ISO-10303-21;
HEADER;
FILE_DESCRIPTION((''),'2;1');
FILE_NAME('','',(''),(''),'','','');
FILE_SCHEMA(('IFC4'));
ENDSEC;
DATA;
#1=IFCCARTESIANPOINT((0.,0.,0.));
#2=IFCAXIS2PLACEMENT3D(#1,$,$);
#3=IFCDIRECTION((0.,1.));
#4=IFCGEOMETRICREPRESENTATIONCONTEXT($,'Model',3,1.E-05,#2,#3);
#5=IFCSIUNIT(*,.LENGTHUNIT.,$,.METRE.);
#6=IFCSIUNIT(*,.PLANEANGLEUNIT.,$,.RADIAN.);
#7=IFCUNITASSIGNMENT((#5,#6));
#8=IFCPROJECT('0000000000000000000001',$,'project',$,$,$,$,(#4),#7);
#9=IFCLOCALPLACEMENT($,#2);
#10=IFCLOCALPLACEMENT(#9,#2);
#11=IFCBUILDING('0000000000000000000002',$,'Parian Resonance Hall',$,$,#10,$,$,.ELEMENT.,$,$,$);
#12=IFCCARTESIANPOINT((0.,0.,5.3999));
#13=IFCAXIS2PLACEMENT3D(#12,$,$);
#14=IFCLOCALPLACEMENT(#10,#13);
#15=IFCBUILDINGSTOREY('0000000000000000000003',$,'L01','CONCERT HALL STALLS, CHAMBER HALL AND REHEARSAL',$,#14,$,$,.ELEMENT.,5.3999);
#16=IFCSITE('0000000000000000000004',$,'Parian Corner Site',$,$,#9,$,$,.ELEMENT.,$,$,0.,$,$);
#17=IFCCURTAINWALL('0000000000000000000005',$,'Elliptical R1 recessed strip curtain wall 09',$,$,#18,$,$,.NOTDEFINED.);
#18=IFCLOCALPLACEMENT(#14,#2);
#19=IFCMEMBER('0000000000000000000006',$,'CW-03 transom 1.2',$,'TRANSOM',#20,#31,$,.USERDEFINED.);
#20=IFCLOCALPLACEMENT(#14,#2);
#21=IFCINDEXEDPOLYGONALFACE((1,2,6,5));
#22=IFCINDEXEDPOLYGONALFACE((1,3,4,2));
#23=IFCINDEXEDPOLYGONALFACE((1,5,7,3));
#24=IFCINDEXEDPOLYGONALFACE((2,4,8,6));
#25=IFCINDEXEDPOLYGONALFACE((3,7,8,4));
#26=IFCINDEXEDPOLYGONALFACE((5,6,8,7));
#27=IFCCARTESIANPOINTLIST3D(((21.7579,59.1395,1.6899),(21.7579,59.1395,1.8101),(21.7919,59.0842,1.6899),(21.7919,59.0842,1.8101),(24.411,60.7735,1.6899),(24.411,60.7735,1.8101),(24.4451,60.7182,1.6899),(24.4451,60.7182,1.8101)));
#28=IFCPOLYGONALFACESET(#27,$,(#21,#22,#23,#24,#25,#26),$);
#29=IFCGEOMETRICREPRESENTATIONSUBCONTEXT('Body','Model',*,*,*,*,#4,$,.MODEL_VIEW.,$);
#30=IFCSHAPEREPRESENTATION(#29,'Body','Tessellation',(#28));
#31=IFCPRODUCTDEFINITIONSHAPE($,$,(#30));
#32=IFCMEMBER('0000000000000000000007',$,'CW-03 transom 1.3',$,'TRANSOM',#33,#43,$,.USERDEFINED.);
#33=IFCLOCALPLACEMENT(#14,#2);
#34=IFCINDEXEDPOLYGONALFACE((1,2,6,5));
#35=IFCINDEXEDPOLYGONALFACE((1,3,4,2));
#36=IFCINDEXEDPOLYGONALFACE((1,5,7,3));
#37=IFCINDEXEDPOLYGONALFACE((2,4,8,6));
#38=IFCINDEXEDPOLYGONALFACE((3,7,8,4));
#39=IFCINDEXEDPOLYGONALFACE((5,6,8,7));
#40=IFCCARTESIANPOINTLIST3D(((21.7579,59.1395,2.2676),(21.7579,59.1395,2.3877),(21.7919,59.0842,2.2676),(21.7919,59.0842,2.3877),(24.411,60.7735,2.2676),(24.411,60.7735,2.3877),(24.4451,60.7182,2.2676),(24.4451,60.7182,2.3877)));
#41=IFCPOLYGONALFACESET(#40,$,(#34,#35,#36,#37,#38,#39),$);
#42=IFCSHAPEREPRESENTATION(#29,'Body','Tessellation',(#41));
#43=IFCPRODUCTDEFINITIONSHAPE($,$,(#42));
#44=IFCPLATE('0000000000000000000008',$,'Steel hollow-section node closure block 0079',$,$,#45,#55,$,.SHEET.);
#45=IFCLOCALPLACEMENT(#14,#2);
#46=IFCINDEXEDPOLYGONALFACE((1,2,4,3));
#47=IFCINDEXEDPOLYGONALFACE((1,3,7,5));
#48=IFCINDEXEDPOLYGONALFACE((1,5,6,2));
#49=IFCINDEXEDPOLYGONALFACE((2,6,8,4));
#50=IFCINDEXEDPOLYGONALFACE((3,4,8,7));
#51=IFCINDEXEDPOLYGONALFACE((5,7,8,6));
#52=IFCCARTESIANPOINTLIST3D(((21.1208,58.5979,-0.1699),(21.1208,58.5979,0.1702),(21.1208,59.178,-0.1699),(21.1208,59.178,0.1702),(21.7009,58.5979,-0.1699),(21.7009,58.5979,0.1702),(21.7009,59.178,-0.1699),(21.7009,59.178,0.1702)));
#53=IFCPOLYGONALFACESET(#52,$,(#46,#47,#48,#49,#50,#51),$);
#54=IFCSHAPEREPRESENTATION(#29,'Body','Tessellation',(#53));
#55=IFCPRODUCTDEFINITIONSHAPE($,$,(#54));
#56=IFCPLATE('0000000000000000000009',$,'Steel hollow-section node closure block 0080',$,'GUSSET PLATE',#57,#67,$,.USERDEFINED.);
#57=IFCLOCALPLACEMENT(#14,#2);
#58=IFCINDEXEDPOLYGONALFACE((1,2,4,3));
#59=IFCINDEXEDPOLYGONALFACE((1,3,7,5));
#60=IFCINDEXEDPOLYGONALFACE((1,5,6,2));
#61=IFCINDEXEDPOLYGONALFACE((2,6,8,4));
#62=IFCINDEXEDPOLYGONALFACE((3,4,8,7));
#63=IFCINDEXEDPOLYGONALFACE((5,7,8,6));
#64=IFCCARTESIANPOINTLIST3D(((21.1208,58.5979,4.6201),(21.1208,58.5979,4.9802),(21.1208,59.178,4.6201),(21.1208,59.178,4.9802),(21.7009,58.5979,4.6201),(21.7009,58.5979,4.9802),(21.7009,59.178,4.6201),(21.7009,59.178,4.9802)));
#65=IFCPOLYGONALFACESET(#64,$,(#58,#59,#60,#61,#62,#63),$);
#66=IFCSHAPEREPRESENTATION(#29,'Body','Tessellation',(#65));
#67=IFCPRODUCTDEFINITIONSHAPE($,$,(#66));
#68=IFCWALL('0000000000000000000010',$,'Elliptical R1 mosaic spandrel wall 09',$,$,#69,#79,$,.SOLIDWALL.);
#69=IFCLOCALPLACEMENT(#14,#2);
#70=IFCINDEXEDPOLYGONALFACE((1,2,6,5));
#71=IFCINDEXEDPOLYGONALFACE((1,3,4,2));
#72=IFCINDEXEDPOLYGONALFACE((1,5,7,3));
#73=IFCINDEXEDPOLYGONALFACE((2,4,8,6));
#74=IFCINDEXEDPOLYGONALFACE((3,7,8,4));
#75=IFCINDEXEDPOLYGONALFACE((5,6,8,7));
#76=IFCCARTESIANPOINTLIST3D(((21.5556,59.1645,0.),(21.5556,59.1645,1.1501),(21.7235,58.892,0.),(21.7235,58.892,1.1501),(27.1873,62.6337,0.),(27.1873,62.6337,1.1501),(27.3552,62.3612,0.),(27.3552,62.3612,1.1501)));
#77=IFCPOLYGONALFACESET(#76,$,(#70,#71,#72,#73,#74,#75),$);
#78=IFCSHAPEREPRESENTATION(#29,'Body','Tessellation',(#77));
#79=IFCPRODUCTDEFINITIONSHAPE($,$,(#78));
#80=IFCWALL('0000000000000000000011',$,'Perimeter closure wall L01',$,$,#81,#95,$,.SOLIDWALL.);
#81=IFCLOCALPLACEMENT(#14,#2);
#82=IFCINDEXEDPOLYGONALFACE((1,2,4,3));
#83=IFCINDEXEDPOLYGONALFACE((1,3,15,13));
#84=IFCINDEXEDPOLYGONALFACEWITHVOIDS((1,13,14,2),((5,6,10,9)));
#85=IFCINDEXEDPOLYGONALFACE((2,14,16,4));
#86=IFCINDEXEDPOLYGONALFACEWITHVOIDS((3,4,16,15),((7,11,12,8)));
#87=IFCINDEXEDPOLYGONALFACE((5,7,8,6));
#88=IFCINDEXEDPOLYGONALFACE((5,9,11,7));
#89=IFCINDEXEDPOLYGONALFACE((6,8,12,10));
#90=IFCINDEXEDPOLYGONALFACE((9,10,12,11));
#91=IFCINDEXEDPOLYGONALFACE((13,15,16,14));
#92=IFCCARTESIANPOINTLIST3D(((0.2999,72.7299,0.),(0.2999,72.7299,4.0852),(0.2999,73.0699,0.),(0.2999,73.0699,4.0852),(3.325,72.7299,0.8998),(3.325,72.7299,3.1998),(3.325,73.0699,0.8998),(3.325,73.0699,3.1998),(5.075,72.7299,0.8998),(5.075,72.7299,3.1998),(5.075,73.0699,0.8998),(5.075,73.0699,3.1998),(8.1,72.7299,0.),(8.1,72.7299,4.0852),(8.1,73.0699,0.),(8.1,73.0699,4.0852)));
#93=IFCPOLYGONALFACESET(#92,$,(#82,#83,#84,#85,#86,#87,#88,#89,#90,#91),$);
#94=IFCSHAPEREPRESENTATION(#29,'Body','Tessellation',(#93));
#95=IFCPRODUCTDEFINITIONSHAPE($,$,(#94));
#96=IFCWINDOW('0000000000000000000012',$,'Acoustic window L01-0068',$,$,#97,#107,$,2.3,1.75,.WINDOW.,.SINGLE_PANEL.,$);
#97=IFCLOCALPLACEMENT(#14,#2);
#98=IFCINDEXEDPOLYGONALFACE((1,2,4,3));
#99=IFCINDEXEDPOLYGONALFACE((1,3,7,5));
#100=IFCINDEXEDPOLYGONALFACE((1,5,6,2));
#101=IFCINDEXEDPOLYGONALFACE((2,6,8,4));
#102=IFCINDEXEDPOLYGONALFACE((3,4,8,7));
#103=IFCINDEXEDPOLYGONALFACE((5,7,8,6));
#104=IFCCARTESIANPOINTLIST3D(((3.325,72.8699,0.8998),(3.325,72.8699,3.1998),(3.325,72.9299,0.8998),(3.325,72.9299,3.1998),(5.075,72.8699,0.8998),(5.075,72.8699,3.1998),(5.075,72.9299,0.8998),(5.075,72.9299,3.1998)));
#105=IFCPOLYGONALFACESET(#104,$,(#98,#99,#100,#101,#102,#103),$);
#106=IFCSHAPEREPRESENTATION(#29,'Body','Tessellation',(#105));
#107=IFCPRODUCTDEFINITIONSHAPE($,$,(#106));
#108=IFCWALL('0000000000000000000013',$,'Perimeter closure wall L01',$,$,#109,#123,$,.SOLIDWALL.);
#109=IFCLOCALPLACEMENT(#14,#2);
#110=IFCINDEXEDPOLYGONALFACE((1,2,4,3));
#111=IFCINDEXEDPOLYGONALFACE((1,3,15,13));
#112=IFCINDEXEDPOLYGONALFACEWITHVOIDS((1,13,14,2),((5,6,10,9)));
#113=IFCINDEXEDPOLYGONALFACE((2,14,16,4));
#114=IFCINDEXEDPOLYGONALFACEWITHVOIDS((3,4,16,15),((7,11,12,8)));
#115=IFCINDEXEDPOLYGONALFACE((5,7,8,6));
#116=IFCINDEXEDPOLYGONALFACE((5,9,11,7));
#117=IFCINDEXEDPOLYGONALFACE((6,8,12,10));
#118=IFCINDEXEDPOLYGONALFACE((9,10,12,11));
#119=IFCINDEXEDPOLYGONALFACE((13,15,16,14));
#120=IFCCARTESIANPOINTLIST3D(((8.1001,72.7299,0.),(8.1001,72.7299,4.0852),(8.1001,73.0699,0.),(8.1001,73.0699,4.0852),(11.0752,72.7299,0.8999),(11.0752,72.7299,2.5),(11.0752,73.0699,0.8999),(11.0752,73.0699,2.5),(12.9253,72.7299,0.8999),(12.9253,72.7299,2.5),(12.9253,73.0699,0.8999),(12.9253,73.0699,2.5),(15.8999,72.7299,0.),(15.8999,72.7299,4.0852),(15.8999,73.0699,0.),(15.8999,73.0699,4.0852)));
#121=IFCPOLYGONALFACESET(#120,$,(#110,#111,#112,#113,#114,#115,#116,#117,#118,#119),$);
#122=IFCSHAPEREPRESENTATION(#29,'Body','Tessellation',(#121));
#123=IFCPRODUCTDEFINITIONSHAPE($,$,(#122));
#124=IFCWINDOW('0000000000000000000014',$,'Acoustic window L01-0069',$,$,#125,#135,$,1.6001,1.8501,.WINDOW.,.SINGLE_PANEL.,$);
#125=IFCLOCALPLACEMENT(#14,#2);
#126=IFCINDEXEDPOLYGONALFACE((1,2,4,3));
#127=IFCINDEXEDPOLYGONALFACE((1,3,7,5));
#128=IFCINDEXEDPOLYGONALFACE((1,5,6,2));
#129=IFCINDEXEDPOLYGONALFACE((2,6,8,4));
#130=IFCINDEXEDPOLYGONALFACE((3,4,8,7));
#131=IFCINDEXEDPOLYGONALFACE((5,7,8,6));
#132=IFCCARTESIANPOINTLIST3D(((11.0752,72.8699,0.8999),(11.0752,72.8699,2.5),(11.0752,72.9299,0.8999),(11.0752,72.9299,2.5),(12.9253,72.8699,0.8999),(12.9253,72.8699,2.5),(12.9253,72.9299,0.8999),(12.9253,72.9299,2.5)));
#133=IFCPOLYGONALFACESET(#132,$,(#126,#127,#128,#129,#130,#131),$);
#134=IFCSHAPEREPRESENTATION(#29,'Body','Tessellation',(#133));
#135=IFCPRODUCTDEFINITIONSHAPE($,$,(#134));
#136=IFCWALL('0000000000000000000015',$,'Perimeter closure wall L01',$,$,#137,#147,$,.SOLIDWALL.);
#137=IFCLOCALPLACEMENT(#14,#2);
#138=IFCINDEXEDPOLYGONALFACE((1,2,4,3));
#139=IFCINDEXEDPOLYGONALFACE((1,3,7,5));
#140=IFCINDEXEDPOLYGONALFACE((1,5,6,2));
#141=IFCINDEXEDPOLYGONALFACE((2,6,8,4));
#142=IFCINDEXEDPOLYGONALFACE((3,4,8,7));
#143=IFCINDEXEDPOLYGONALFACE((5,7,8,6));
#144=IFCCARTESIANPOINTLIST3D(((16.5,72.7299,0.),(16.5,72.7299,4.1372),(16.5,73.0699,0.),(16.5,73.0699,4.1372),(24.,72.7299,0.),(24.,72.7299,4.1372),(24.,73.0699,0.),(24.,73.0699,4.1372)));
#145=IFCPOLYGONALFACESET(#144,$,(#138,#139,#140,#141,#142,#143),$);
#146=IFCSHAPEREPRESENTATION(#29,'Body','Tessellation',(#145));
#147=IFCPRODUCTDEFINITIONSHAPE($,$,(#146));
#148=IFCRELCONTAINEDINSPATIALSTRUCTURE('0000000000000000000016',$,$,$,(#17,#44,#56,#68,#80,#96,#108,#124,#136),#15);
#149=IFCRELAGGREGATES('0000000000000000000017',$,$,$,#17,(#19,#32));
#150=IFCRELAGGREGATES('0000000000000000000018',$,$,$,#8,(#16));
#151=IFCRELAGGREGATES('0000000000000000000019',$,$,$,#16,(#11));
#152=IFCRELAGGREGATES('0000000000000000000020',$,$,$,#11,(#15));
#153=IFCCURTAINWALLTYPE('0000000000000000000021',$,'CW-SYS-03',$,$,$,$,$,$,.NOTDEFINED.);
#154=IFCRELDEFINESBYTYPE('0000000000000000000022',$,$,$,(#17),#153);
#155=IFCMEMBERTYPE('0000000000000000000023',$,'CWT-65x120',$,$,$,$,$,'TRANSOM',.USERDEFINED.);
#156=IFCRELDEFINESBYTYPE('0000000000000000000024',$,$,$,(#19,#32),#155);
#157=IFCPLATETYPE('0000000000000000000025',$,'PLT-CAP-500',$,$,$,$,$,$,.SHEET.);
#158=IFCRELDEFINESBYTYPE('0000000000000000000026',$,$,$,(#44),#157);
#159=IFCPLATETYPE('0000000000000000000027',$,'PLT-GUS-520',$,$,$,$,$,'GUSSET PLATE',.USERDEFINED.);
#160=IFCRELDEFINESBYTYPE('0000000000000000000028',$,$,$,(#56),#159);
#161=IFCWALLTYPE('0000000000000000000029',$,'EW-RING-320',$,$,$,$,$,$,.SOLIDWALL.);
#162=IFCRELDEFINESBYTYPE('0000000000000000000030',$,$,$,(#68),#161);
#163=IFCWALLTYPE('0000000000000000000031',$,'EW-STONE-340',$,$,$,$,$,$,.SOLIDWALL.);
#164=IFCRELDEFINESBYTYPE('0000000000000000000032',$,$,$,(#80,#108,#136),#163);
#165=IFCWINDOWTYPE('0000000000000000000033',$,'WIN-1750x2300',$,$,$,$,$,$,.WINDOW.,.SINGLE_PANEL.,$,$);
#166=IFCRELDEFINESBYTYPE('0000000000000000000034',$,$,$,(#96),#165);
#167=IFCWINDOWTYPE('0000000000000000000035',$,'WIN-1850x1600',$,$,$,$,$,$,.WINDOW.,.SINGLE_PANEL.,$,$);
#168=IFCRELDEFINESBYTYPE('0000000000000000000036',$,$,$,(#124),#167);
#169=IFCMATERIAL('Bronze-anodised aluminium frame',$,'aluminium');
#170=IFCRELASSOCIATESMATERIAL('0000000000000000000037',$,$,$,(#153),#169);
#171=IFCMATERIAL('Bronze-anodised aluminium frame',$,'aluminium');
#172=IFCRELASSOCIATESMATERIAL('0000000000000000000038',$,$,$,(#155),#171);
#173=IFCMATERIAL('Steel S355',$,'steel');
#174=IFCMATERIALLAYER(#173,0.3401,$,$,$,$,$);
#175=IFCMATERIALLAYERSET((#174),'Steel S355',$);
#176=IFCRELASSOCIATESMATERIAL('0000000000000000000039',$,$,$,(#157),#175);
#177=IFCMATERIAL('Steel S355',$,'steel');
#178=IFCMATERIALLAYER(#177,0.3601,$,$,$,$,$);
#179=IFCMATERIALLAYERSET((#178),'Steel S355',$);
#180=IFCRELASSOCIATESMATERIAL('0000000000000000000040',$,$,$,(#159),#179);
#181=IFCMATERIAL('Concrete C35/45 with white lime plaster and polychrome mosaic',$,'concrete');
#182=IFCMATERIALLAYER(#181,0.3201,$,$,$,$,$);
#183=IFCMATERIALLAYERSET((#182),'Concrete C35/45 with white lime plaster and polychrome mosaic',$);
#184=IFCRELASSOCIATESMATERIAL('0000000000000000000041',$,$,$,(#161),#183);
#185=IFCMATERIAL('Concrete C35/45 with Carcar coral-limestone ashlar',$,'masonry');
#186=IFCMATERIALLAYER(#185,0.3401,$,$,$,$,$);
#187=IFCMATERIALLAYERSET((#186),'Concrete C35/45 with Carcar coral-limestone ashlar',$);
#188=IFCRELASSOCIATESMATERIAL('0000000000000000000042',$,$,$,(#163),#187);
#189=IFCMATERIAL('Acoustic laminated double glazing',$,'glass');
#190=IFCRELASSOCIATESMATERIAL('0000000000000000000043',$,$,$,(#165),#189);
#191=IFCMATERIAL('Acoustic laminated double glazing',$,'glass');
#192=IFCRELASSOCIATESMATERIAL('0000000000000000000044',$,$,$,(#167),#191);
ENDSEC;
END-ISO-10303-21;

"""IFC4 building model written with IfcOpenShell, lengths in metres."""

from ifc_helpers import new_model, si_unit, direction, frame, frame_2d, origin, origin_2d, place, context, subcontext, project, spatial, rectangle, extrude, material, layer, layer_set, material_profile, profile_set, type_object, element, fill, aggregate, save


model = new_model("IFC4")

# Units and contexts
model_context = context("Model", 3, precision=1e-05, world=origin(), true_north=direction((0.0, 1.0)))
body_context = subcontext(model_context, "Body", "Model", "MODEL_VIEW")
ifc_project = project(units=[si_unit("LENGTHUNIT", "METRE"), si_unit("PLANEANGLEUNIT", "RADIAN")], contexts=[model_context])

# Site, building, storey
site_placement = place(None, origin())
site = spatial("IfcSite", under=ifc_project, at=site_placement, Name="Parian Corner Site", CompositionType="ELEMENT", RefElevation=0.0)
building_placement = place(site_placement, origin())
building = spatial("IfcBuilding", under=site, at=building_placement, Name="Parian Resonance Hall", CompositionType="ELEMENT")
storey_placement = place(building_placement, frame((0.0, 0.0, 5.3999)))
storey = spatial("IfcBuildingStorey", under=building, at=storey_placement, Name="L01", Description="CONCERT HALL STALLS, CHAMBER HALL AND REHEARSAL", CompositionType="ELEMENT", Elevation=5.3999)

# Curtain wall
ifc_material_1 = material(Name="Bronze-anodised aluminium frame", Category="aluminium")
curtain_wall_type_1 = type_object("IfcCurtainWallType", Name="CW-SYS-03", PredefinedType="NOTDEFINED", material=ifc_material_1)
curtain_wall_1_placement = place(storey_placement, origin())
curtain_wall_1 = element("IfcCurtainWall", 1, at=curtain_wall_1_placement, inside=storey, type_object=curtain_wall_type_1, Name="Elliptical R1 recessed strip curtain wall 09", PredefinedType="NOTDEFINED")

# Members
ifc_material_2 = material(Name="Bronze-anodised aluminium frame", Category="aluminium")
ifc_material_profile_1 = material_profile(ifc_material_2, rectangle(XDim=0.0649, YDim=0.1201, at=origin_2d()), Name="CWT-65x120")
ifc_profile_set_1 = profile_set([ifc_material_profile_1], Name="Bronze-anodised aluminium frame")
member_type_1 = type_object("IfcMemberType", Name="CWT-65x120", ElementType="TRANSOM", PredefinedType="USERDEFINED", material=ifc_profile_set_1)
member_1_placement = place(storey_placement, frame((21.7749, 59.1118, 1.75), z_axis=(0.851462, 0.524417, 0.0), x_axis=(-0.524417, 0.851462, 0.0)))
member_1 = element("IfcMember", 2, at=member_1_placement, type_object=member_type_1, Name="CW-03 transom 1.2", ObjectType="TRANSOM", PredefinedType="USERDEFINED", context=body_context, shape_type="SweptSolid", body=[
    extrude(rectangle(XDim=0.0649, YDim=0.1201, at=origin_2d()), origin(), (0.0, 0.0, 1.0), 3.116),
])
member_2_placement = place(storey_placement, frame((21.7749, 59.1118, 2.3276), z_axis=(0.851462, 0.524417, 0.0), x_axis=(-0.524417, 0.851462, 0.0)))
member_2 = element("IfcMember", 3, at=member_2_placement, type_object=member_type_1, Name="CW-03 transom 1.3", ObjectType="TRANSOM", PredefinedType="USERDEFINED", context=body_context, shape_type="SweptSolid", body=[
    extrude(rectangle(XDim=0.0649, YDim=0.1201, at=origin_2d()), origin(), (0.0, 0.0, 1.0), 3.116),
])
aggregate(curtain_wall_1, [member_1, member_2])

# Plates
ifc_material_3 = material(Name="Steel S355", Category="steel")
ifc_layer_1 = layer(ifc_material_3, 0.3401)
ifc_layer_set_1 = layer_set([ifc_layer_1], Name="Steel S355")
plate_type_1 = type_object("IfcPlateType", Name="PLT-CAP-500", PredefinedType="SHEET", material=ifc_layer_set_1)
plate_1_placement = place(storey_placement, frame((21.4109, 58.8879, -0.1699), z_axis=(0.0, 0.0, 1.0), x_axis=(1.0, 0.0, 0.0)))
element("IfcPlate", 4, at=plate_1_placement, inside=storey, type_object=plate_type_1, Name="Steel hollow-section node closure block 0079", PredefinedType="SHEET", context=body_context, shape_type="SweptSolid", body=[
    extrude(rectangle(XDim=0.5801, YDim=0.5801, at=origin_2d()), origin(), (0.0, 0.0, 1.0), 0.3401),
])
ifc_material_4 = material(Name="Steel S355", Category="steel")
ifc_layer_2 = layer(ifc_material_4, 0.3601)
ifc_layer_set_2 = layer_set([ifc_layer_2], Name="Steel S355")
plate_type_2 = type_object("IfcPlateType", Name="PLT-GUS-520", ElementType="GUSSET PLATE", PredefinedType="USERDEFINED", material=ifc_layer_set_2)
plate_2_placement = place(storey_placement, frame((21.4109, 58.8879, 4.6201), z_axis=(0.0, 0.0, 1.0), x_axis=(1.0, 0.0, 0.0)))
element("IfcPlate", 5, at=plate_2_placement, inside=storey, type_object=plate_type_2, Name="Steel hollow-section node closure block 0080", ObjectType="GUSSET PLATE", PredefinedType="USERDEFINED", context=body_context, shape_type="SweptSolid", body=[
    extrude(rectangle(XDim=0.5801, YDim=0.5801, at=origin_2d()), origin(), (0.0, 0.0, 1.0), 0.3601),
])

# Wall
ifc_material_5 = material(Name="Concrete C35/45 with white lime plaster and polychrome mosaic", Category="concrete")
ifc_layer_3 = layer(ifc_material_5, 0.3201)
ifc_layer_set_3 = layer_set([ifc_layer_3], Name="Concrete C35/45 with white lime plaster and polychrome mosaic")
wall_type_1 = type_object("IfcWallType", Name="EW-RING-320", PredefinedType="SOLIDWALL", material=ifc_layer_set_3)
wall_1_placement = place(storey_placement, frame((21.6396, 59.0283, 0.0), z_axis=(0.0, 0.0, 1.0), x_axis=(0.851423, 0.52448, 0.0)))
element("IfcWall", 6, at=wall_1_placement, inside=storey, type_object=wall_type_1, Name="Elliptical R1 mosaic spandrel wall 09", PredefinedType="SOLIDWALL", context=body_context, shape_type="SweptSolid", body=[
    extrude(rectangle(XDim=6.6145, YDim=0.3201, at=frame_2d((3.3071, 0.0))), origin(), (0.0, 0.0, 1.0), 1.1501),
])

# Walls, openings, windows
ifc_material_6 = material(Name="Concrete C35/45 with Carcar coral-limestone ashlar", Category="masonry")
ifc_layer_4 = layer(ifc_material_6, 0.3401)
ifc_layer_set_4 = layer_set([ifc_layer_4], Name="Concrete C35/45 with Carcar coral-limestone ashlar")
wall_type_2 = type_object("IfcWallType", Name="EW-STONE-340", PredefinedType="SOLIDWALL", material=ifc_layer_set_4)
wall_2_placement = place(storey_placement, frame((0.3, 72.8999, 0.0), z_axis=(0.0, 0.0, 1.0), x_axis=(1.0, 0.0, 0.0)))
wall_2 = element("IfcWall", 7, at=wall_2_placement, inside=storey, type_object=wall_type_2, Name="Perimeter closure wall L01", PredefinedType="SOLIDWALL", context=body_context, shape_type="SweptSolid", body=[
    extrude(rectangle(XDim=7.8, YDim=0.3401, at=frame_2d((3.8999, 0.0))), origin(), (0.0, 0.0, 1.0), 4.0852),
])
opening_1_placement = place(wall_2_placement, frame((3.0249, 0.0, 0.8999)))
opening_1 = element("IfcOpeningElement", 8, at=opening_1_placement, cuts=wall_2, PredefinedType="OPENING", context=body_context, shape_type="SweptSolid", body=[
    extrude(rectangle(XDim=1.75, YDim=2.3, at=frame_2d((0.875, 1.1499))), frame((0.0, 0.1799, 0.0), z_axis=(0.0, -1.0, 0.0), x_axis=(1.0, 0.0, 0.0)), (0.0, 0.0, 1.0), 0.3601),
])
ifc_material_7 = material(Name="Acoustic laminated double glazing", Category="glass")
window_type_1 = type_object("IfcWindowType", Name="WIN-1750x2300", PartitioningType="SINGLE_PANEL", PredefinedType="WINDOW", material=ifc_material_7)
window_1_placement = place(opening_1_placement, origin())
window_1 = element("IfcWindow", 9, at=window_1_placement, inside=storey, type_object=window_type_1, Name="Acoustic window L01-0068", OverallHeight=2.3, OverallWidth=1.75, PartitioningType="SINGLE_PANEL", PredefinedType="WINDOW", context=body_context, shape_type="SweptSolid", body=[
    extrude(rectangle(XDim=1.75, YDim=2.3, at=frame_2d((0.875, 1.1499))), frame((0.0, 0.03, 0.0), z_axis=(0.0, -1.0, 0.0), x_axis=(1.0, 0.0, 0.0)), (0.0, 0.0, 1.0), 0.0601),
])
fill(opening_1, window_1)
wall_3_placement = place(storey_placement, frame((8.1001, 72.8999, 0.0), z_axis=(0.0, 0.0, 1.0), x_axis=(1.0, 0.0, 0.0)))
wall_3 = element("IfcWall", 10, at=wall_3_placement, inside=storey, type_object=wall_type_2, Name="Perimeter closure wall L01", PredefinedType="SOLIDWALL", context=body_context, shape_type="SweptSolid", body=[
    extrude(rectangle(XDim=7.7998, YDim=0.3401, at=frame_2d((3.8999, 0.0))), origin(), (0.0, 0.0, 1.0), 4.0852),
])
opening_2_placement = place(wall_3_placement, frame((2.9751, 0.0, 0.8999)))
opening_2 = element("IfcOpeningElement", 11, at=opening_2_placement, cuts=wall_3, PredefinedType="OPENING", context=body_context, shape_type="SweptSolid", body=[
    extrude(rectangle(XDim=1.8501, YDim=1.6001, at=frame_2d((0.925, 0.8))), frame((0.0, 0.1799, 0.0), z_axis=(0.0, -1.0, 0.0), x_axis=(1.0, 0.0, 0.0)), (0.0, 0.0, 1.0), 0.3601),
])
ifc_material_8 = material(Name="Acoustic laminated double glazing", Category="glass")
window_type_2 = type_object("IfcWindowType", Name="WIN-1850x1600", PartitioningType="SINGLE_PANEL", PredefinedType="WINDOW", material=ifc_material_8)
window_2_placement = place(opening_2_placement, origin())
window_2 = element("IfcWindow", 12, at=window_2_placement, inside=storey, type_object=window_type_2, Name="Acoustic window L01-0069", OverallHeight=1.6001, OverallWidth=1.8501, PartitioningType="SINGLE_PANEL", PredefinedType="WINDOW", context=body_context, shape_type="SweptSolid", body=[
    extrude(rectangle(XDim=1.8501, YDim=1.6001, at=frame_2d((0.925, 0.8))), frame((0.0, 0.03, 0.0), z_axis=(0.0, -1.0, 0.0), x_axis=(1.0, 0.0, 0.0)), (0.0, 0.0, 1.0), 0.0601),
])
fill(opening_2, window_2)

# Wall
wall_4_placement = place(storey_placement, frame((16.5, 72.8999, 0.0), z_axis=(0.0, 0.0, 1.0), x_axis=(1.0, 0.0, 0.0)))
element("IfcWall", 13, at=wall_4_placement, inside=storey, type_object=wall_type_2, Name="Perimeter closure wall L01", PredefinedType="SOLIDWALL", context=body_context, shape_type="SweptSolid", body=[
    extrude(rectangle(XDim=7.5, YDim=0.3401, at=frame_2d((3.75, 0.0))), origin(), (0.0, 0.0, 1.0), 4.1372),
])

save(model, "model.ifc")
